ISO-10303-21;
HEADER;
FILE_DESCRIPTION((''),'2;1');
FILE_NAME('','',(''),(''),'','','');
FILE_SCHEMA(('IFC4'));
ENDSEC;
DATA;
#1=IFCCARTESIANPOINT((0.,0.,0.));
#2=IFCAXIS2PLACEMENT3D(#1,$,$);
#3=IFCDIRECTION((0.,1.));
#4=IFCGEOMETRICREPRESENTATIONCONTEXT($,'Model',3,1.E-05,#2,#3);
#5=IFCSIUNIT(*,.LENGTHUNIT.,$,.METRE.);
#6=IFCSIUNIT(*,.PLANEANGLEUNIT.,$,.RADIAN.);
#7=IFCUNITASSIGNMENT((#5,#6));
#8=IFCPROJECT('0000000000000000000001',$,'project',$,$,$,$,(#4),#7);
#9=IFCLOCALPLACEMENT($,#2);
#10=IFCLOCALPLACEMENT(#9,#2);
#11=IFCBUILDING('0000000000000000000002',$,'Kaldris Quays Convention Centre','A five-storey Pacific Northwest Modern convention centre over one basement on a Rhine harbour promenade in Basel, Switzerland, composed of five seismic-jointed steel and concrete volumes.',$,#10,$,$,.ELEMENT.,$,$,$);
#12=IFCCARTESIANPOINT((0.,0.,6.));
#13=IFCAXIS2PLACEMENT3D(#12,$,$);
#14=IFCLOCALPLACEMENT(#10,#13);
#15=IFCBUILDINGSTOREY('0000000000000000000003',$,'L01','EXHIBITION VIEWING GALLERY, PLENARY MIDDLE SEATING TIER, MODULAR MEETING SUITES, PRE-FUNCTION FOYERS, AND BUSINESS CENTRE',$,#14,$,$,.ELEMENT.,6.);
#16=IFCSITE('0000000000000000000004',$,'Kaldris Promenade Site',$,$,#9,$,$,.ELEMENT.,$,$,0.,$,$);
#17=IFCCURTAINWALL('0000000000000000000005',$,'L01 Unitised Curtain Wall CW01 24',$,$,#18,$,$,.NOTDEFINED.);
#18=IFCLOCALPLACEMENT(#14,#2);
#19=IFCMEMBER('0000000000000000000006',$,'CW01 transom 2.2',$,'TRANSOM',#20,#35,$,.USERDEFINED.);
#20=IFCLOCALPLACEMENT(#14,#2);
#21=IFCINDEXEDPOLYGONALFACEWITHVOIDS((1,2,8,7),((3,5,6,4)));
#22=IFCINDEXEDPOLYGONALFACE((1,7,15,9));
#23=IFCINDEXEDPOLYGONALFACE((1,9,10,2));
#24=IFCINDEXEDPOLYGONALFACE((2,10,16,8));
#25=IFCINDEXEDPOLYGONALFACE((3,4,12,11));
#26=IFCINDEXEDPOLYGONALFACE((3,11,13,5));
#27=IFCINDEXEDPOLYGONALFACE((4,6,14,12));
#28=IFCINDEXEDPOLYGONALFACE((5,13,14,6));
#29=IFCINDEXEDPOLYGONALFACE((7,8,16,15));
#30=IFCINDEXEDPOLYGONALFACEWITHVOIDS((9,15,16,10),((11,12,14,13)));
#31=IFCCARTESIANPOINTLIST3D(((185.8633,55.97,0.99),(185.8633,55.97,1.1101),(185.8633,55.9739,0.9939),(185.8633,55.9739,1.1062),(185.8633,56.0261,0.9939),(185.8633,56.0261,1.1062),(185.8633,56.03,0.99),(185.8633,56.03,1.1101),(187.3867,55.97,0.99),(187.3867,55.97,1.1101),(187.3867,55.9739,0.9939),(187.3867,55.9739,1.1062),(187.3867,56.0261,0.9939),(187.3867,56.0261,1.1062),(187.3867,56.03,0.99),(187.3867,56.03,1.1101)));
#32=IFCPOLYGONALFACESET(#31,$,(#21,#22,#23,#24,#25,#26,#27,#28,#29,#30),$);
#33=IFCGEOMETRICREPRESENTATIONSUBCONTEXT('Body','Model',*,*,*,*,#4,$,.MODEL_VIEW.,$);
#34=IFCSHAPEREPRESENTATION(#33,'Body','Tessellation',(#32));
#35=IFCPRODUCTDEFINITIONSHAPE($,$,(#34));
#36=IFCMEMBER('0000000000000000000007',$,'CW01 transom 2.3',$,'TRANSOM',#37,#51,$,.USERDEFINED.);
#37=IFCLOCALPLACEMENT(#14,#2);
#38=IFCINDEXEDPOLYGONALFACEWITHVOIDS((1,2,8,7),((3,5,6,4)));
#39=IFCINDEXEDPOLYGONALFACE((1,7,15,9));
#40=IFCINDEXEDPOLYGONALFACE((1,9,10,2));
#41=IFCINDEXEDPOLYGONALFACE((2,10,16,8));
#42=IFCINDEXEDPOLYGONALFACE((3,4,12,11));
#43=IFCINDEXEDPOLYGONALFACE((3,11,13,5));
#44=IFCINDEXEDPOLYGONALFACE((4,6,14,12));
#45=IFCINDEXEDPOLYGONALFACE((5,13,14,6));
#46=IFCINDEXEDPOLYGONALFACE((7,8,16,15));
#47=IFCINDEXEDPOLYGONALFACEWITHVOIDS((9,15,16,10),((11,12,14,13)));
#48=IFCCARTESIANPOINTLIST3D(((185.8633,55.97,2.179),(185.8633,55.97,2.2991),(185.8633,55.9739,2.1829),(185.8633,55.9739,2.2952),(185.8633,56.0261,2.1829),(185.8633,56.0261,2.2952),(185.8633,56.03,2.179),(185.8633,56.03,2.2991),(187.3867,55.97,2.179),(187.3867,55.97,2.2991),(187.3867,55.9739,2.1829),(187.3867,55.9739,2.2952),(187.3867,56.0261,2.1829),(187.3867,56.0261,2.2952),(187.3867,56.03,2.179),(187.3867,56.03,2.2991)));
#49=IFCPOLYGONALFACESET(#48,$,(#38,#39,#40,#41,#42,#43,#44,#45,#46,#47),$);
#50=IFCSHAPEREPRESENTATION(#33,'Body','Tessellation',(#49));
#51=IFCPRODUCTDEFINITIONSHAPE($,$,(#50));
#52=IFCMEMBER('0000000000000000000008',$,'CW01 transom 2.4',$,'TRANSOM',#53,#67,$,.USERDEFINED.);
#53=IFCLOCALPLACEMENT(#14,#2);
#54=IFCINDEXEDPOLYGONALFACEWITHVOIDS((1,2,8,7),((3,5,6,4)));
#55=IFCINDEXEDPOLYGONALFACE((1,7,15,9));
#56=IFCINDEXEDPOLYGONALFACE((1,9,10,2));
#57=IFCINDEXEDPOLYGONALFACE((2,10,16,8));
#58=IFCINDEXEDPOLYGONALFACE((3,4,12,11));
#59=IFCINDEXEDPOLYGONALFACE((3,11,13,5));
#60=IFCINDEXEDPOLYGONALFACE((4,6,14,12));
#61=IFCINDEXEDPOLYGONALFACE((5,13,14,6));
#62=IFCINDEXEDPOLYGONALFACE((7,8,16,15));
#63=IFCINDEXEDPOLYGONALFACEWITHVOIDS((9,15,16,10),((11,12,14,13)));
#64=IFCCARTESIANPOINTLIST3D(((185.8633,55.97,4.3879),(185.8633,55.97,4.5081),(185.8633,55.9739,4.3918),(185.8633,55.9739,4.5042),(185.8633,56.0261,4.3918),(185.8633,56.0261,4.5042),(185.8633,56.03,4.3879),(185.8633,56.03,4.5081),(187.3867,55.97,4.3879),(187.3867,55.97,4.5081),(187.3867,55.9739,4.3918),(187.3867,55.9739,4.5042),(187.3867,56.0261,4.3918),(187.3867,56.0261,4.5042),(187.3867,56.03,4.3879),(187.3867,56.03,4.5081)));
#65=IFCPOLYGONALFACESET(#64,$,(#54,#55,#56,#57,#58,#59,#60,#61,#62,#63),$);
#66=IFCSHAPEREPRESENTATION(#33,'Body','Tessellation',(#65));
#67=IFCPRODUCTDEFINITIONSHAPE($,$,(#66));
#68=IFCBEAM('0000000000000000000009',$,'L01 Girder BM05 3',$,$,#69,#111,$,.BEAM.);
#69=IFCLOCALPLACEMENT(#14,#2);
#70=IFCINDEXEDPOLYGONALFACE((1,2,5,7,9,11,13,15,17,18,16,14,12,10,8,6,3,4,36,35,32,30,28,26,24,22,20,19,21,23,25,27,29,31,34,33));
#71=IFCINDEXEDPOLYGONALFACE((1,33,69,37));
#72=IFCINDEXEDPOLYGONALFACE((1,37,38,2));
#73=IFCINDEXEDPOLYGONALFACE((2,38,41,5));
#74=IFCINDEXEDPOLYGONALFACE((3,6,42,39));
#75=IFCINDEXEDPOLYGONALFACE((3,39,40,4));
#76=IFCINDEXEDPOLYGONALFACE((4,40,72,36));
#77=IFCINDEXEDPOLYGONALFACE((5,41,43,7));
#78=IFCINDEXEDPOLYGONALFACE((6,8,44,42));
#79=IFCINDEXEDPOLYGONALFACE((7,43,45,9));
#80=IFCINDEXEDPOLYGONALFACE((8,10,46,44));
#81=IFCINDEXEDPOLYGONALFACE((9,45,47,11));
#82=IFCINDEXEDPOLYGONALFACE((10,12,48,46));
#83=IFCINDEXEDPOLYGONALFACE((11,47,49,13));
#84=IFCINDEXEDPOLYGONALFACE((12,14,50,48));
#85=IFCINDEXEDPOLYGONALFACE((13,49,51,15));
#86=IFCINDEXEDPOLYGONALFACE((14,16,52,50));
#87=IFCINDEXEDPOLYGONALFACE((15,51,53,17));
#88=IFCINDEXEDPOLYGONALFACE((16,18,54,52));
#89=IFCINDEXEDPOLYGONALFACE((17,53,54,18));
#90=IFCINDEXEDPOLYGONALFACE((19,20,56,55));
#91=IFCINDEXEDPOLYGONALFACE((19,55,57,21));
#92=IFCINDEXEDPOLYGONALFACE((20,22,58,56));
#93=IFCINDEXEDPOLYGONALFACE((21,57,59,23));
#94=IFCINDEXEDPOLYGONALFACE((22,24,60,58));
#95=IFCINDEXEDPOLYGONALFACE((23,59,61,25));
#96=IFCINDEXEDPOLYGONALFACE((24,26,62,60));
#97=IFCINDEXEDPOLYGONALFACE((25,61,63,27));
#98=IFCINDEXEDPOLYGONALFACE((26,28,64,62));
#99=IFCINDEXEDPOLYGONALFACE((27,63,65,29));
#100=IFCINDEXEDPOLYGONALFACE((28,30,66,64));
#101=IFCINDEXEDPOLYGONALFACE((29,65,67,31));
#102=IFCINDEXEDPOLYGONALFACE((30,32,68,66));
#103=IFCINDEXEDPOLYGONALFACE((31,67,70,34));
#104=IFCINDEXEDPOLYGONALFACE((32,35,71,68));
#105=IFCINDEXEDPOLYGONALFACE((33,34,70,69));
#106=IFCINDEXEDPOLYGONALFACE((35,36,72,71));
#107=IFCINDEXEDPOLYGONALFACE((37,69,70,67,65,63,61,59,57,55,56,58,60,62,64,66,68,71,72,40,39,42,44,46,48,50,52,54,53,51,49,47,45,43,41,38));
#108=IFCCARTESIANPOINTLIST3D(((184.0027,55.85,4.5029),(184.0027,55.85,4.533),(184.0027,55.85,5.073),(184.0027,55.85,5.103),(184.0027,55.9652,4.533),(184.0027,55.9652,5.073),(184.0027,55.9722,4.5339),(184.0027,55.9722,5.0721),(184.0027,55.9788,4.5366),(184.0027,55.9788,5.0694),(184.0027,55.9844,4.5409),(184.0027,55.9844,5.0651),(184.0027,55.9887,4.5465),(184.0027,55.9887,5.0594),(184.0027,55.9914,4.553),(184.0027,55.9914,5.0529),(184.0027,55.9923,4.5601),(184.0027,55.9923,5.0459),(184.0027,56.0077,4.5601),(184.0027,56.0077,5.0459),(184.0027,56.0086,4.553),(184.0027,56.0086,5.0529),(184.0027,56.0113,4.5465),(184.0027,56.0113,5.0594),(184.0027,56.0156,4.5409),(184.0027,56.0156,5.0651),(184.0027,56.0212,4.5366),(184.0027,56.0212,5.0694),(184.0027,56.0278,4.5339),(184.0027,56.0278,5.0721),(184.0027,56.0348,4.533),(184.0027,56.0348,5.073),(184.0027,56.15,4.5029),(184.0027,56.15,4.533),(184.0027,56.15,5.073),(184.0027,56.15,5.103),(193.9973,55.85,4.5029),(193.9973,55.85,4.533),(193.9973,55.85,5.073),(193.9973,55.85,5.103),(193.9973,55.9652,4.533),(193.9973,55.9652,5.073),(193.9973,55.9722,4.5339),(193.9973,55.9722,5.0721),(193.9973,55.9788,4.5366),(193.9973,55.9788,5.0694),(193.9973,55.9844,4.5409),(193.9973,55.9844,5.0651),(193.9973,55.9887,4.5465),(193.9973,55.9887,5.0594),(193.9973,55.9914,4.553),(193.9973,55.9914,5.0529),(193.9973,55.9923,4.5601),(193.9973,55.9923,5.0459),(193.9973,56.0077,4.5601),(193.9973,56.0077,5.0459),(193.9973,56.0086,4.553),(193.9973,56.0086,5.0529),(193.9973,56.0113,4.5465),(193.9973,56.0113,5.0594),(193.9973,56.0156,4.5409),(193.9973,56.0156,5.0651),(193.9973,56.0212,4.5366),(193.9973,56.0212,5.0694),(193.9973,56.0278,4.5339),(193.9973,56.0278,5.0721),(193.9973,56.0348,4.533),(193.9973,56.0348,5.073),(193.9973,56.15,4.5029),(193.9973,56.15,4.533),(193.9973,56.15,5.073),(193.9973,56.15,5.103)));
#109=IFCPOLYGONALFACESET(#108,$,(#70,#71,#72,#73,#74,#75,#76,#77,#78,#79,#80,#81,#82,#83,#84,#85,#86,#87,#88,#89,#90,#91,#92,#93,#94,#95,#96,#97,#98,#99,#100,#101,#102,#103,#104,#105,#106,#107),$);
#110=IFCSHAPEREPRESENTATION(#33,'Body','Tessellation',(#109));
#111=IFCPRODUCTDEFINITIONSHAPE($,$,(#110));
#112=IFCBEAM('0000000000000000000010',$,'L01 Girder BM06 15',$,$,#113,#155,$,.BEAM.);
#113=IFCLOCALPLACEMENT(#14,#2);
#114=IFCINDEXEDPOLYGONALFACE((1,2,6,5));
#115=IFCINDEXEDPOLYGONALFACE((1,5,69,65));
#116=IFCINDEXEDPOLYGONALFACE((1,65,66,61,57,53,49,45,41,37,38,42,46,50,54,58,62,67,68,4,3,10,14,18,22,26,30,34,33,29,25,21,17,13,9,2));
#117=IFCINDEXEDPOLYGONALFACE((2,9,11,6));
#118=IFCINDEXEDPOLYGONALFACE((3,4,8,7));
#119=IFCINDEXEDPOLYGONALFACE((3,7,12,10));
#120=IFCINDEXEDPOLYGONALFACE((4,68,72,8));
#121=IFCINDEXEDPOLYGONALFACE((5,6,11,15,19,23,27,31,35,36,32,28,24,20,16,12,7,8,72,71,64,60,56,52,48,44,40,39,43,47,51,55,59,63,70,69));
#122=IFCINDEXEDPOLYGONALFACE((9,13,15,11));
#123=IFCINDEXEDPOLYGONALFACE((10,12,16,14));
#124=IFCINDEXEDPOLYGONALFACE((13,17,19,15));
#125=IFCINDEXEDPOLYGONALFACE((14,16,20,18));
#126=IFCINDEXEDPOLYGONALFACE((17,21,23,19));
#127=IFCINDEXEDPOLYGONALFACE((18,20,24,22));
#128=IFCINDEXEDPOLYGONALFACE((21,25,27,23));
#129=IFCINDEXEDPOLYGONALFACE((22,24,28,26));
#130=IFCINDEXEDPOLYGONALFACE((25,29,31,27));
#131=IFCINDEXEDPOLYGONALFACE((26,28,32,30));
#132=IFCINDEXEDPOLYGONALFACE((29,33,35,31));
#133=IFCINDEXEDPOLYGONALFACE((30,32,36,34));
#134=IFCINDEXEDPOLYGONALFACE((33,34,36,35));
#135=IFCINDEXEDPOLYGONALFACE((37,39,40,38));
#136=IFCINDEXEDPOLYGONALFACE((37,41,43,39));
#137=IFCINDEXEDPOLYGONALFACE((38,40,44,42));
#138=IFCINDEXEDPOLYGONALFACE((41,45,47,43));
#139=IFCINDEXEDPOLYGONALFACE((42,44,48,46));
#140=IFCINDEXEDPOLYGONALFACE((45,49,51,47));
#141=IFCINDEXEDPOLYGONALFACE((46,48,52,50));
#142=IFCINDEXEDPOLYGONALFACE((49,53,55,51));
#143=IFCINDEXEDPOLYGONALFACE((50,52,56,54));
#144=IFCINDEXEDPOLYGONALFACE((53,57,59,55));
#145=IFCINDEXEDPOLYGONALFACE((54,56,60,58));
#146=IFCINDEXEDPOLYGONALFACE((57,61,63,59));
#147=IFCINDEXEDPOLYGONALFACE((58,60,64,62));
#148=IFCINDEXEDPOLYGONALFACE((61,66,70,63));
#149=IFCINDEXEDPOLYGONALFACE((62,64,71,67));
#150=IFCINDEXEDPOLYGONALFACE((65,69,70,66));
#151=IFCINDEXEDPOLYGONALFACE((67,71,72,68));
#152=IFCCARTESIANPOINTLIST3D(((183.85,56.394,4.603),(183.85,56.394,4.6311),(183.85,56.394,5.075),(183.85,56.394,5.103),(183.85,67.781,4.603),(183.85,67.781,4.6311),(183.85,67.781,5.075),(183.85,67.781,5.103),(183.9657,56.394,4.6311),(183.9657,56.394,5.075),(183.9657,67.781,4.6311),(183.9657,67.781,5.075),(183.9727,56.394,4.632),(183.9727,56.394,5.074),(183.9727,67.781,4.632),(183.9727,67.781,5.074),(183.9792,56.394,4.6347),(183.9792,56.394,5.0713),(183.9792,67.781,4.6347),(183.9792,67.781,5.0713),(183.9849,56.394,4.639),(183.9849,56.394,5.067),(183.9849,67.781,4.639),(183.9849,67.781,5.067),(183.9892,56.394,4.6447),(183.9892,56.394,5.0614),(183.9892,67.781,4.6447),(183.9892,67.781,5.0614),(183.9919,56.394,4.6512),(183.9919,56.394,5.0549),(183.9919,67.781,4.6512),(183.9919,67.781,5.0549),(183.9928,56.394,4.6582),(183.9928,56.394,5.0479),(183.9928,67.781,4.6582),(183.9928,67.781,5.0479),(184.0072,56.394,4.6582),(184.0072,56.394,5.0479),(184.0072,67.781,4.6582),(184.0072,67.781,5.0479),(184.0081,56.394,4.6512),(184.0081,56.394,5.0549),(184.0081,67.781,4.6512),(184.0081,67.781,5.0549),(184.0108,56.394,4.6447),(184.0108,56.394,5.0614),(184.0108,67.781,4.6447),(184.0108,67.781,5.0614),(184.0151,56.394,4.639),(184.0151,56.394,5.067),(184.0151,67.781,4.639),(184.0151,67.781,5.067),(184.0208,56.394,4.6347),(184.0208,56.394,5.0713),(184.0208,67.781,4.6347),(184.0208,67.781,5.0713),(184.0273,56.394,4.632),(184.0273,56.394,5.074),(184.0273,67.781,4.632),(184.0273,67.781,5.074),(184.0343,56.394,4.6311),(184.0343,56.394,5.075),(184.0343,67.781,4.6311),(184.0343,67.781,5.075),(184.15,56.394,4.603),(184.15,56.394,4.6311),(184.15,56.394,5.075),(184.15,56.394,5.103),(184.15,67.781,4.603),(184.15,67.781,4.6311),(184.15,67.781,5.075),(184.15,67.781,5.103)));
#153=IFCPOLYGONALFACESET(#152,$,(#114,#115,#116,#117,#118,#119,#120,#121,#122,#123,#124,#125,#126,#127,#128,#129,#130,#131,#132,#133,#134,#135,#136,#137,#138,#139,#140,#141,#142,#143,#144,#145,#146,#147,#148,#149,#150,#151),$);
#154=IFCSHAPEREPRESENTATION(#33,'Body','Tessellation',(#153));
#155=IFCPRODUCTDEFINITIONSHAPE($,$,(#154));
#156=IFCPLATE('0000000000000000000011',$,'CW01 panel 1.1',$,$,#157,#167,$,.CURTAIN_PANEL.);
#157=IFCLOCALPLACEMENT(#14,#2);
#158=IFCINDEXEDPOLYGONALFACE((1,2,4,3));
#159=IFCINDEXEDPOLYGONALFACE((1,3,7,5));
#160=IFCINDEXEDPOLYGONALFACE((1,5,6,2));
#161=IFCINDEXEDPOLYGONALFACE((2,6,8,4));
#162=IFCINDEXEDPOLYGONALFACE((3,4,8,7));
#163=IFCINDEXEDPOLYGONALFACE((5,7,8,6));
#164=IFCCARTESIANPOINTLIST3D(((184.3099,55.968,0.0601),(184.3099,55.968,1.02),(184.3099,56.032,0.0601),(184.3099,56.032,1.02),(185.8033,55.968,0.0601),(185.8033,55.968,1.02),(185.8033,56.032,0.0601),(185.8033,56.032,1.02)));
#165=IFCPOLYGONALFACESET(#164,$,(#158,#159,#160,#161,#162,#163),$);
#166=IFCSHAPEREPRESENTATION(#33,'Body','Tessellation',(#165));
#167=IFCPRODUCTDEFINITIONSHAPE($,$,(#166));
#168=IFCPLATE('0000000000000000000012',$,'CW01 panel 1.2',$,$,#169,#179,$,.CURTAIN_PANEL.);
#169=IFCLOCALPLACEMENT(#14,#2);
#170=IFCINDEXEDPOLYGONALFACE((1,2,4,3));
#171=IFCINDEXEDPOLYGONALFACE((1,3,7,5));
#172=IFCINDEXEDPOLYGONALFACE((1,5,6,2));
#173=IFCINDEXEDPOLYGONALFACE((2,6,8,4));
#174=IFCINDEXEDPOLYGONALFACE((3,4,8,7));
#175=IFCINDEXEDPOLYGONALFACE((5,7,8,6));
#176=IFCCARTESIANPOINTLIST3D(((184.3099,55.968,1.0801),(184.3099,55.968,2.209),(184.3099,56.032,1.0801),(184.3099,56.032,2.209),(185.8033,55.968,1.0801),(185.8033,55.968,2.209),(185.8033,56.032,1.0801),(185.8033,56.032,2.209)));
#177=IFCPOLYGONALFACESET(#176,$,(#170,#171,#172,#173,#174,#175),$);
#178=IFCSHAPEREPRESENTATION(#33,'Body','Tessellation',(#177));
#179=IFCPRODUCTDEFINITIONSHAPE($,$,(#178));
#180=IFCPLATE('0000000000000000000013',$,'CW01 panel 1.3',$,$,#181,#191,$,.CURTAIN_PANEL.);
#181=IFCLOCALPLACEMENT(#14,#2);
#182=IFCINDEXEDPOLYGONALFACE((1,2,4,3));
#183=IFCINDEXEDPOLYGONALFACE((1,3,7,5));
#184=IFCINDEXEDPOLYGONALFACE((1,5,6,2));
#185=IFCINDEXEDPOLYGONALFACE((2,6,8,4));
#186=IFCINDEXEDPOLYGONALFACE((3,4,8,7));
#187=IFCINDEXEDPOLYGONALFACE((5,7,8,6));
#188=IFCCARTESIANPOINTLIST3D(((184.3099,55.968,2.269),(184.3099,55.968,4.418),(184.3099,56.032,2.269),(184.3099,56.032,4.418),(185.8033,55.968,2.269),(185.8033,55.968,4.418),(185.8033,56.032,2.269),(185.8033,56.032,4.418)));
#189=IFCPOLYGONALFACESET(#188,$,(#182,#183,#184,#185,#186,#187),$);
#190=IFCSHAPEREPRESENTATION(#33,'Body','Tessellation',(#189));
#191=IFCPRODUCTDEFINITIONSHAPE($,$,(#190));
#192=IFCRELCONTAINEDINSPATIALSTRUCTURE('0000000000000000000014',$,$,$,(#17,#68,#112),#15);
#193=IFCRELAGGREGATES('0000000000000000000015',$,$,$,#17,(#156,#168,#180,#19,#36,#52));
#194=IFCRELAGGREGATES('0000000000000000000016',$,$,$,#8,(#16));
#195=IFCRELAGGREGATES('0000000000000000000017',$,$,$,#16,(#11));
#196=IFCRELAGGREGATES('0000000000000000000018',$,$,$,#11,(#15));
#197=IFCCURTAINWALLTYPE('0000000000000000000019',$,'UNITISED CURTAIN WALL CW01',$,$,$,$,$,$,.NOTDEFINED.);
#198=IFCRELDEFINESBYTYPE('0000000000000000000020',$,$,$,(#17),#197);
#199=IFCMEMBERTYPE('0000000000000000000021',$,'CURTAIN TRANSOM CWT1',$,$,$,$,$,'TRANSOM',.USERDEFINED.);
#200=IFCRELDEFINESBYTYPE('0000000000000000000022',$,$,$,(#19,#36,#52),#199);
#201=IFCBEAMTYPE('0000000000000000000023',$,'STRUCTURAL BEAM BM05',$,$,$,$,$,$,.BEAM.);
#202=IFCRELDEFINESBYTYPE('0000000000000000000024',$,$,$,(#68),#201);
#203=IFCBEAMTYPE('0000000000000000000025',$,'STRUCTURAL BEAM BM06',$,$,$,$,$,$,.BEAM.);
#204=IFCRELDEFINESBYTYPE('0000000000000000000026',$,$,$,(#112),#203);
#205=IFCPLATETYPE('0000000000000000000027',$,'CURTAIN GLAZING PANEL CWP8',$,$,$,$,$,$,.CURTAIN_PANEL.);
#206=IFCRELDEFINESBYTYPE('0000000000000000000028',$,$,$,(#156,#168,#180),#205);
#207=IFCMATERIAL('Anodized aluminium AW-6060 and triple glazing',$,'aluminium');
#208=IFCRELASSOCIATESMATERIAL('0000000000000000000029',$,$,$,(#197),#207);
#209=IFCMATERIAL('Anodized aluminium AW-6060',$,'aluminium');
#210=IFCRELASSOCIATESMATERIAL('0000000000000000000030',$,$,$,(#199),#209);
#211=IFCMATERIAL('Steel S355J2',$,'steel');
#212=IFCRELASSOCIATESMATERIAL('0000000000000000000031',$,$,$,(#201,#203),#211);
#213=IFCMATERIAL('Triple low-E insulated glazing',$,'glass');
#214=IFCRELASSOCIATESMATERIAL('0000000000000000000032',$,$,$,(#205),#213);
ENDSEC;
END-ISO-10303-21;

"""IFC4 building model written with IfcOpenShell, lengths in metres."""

from ifc_helpers import new_model, si_unit, direction, frame, origin, origin_2d, place, context, subcontext, project, spatial, rectangle, hollow_rectangle, i_section, extrude, material, material_profile, profile_set, type_object, element, aggregate, save


model = new_model("IFC4")

# Units and contexts
model_context = context("Model", 3, precision=1e-05, world=origin(), true_north=direction((0.0, 1.0)))
body_context = subcontext(model_context, "Body", "Model", "MODEL_VIEW")
ifc_project = project(units=[si_unit("LENGTHUNIT", "METRE"), si_unit("PLANEANGLEUNIT", "RADIAN")], contexts=[model_context])

# Site, building, storey
site_placement = place(None, origin())
site = spatial("IfcSite", under=ifc_project, at=site_placement, Name="Kaldris Promenade Site", CompositionType="ELEMENT", RefElevation=0.0)
building_placement = place(site_placement, origin())
building = spatial("IfcBuilding", under=site, at=building_placement, Name="Kaldris Quays Convention Centre", Description="A five-storey Pacific Northwest Modern convention centre over one basement on a Rhine harbour promenade in Basel, Switzerland, composed of five seismic-jointed steel and concrete volumes.", CompositionType="ELEMENT")
storey_placement = place(building_placement, frame((0.0, 0.0, 6.0)))
storey = spatial("IfcBuildingStorey", under=building, at=storey_placement, Name="L01", Description="EXHIBITION VIEWING GALLERY, PLENARY MIDDLE SEATING TIER, MODULAR MEETING SUITES, PRE-FUNCTION FOYERS, AND BUSINESS CENTRE", CompositionType="ELEMENT", Elevation=6.0)

# Shared definitions
ifc_material_1 = material(Name="Steel S355J2", Category="steel")

# Shared definitions
ifc_material_2 = material(Name="Anodized aluminium AW-6060 and triple glazing", Category="aluminium")
curtain_wall_type = type_object("IfcCurtainWallType", Name="UNITISED CURTAIN WALL CW01", PredefinedType="NOTDEFINED", material=ifc_material_2)
ifc_material_3 = material(Name="Anodized aluminium AW-6060", Category="aluminium")

# Curtain wall, members
curtain_wall_1_placement = place(storey_placement, origin())
curtain_wall_1 = element("IfcCurtainWall", 1, at=curtain_wall_1_placement, inside=storey, type_object=curtain_wall_type, Name="L01 Unitised Curtain Wall CW01 24", PredefinedType="NOTDEFINED")
ifc_material_profile_1 = material_profile(ifc_material_3, hollow_rectangle(XDim=0.0601, YDim=0.1201, WallThickness=0.0039, at=origin_2d()), Name="RHS 120x60x4")
ifc_profile_set_1 = profile_set([ifc_material_profile_1], Name="Anodized aluminium AW-6060")
member_type_1 = type_object("IfcMemberType", Name="CURTAIN TRANSOM CWT1", ElementType="TRANSOM", PredefinedType="USERDEFINED", material=ifc_profile_set_1)
member_1_placement = place(storey_placement, frame((185.8633, 56.0, 1.05), z_axis=(1.0, 0.0, 0.0), x_axis=(0.0, 1.0, 0.0)))
member_1 = element("IfcMember", 2, at=member_1_placement, type_object=member_type_1, Name="CW01 transom 2.2", ObjectType="TRANSOM", PredefinedType="USERDEFINED", context=body_context, shape_type="SweptSolid", body=[
    extrude(hollow_rectangle(XDim=0.0601, YDim=0.1201, WallThickness=0.0039, at=origin_2d()), origin(), (0.0, 0.0, 1.0), 1.5234),
])
member_2_placement = place(storey_placement, frame((185.8633, 56.0, 2.239), z_axis=(1.0, 0.0, 0.0), x_axis=(0.0, 1.0, 0.0)))
member_2 = element("IfcMember", 3, at=member_2_placement, type_object=member_type_1, Name="CW01 transom 2.3", ObjectType="TRANSOM", PredefinedType="USERDEFINED", context=body_context, shape_type="SweptSolid", body=[
    extrude(hollow_rectangle(XDim=0.0601, YDim=0.1201, WallThickness=0.0039, at=origin_2d()), origin(), (0.0, 0.0, 1.0), 1.5234),
])
member_3_placement = place(storey_placement, frame((185.8633, 56.0, 4.448), z_axis=(1.0, 0.0, 0.0), x_axis=(0.0, 1.0, 0.0)))
member_3 = element("IfcMember", 4, at=member_3_placement, type_object=member_type_1, Name="CW01 transom 2.4", ObjectType="TRANSOM", PredefinedType="USERDEFINED", context=body_context, shape_type="SweptSolid", body=[
    extrude(hollow_rectangle(XDim=0.0601, YDim=0.1201, WallThickness=0.0039, at=origin_2d()), origin(), (0.0, 0.0, 1.0), 1.5234),
])

# Beams
ifc_material_profile_2 = material_profile(ifc_material_1, i_section(OverallWidth=0.3, OverallDepth=0.6001, WebThickness=0.0154, FlangeThickness=0.03, FilletRadius=0.0271, at=origin_2d()), Name="HEB 600")
ifc_profile_set_2 = profile_set([ifc_material_profile_2], Name="Steel S355J2")
beam_type_1 = type_object("IfcBeamType", Name="STRUCTURAL BEAM BM05", PredefinedType="BEAM", material=ifc_profile_set_2)
beam_1_placement = place(storey_placement, frame((184.0027, 56.0, 4.803), z_axis=(1.0, 0.0, 0.0), x_axis=(0.0, 1.0, 0.0)))
element("IfcBeam", 5, at=beam_1_placement, inside=storey, type_object=beam_type_1, Name="L01 Girder BM05 3", PredefinedType="BEAM", context=body_context, shape_type="SweptSolid", body=[
    extrude(i_section(OverallWidth=0.3, OverallDepth=0.6001, WebThickness=0.0154, FlangeThickness=0.03, FilletRadius=0.0271, at=origin_2d()), origin(), (0.0, 0.0, 1.0), 9.9946),
])
ifc_material_profile_3 = material_profile(ifc_material_1, i_section(OverallWidth=0.3, OverallDepth=0.5, WebThickness=0.0144, FlangeThickness=0.0281, FilletRadius=0.0271, at=origin_2d()), Name="HEB 500")
ifc_profile_set_3 = profile_set([ifc_material_profile_3], Name="Steel S355J2")
beam_type_2 = type_object("IfcBeamType", Name="STRUCTURAL BEAM BM06", PredefinedType="BEAM", material=ifc_profile_set_3)
beam_2_placement = place(storey_placement, frame((184.0, 56.394, 4.853), z_axis=(0.0, 1.0, 0.0), x_axis=(-1.0, 0.0, 0.0)))
element("IfcBeam", 6, at=beam_2_placement, inside=storey, type_object=beam_type_2, Name="L01 Girder BM06 15", PredefinedType="BEAM", context=body_context, shape_type="SweptSolid", body=[
    extrude(i_section(OverallWidth=0.3, OverallDepth=0.5, WebThickness=0.0144, FlangeThickness=0.0281, FilletRadius=0.0271, at=origin_2d()), origin(), (0.0, 0.0, 1.0), 11.387),
])

# Plates
ifc_material_4 = material(Name="Triple low-E insulated glazing", Category="glass")
plate_type = type_object("IfcPlateType", Name="CURTAIN GLAZING PANEL CWP8", PredefinedType="CURTAIN_PANEL", material=ifc_material_4)
plate_1_placement = place(storey_placement, frame((185.0566, 56.0, 0.0601), z_axis=(0.0, 0.0, 1.0), x_axis=(1.0, 0.0, 0.0)))
plate_1 = element("IfcPlate", 7, at=plate_1_placement, type_object=plate_type, Name="CW01 panel 1.1", PredefinedType="CURTAIN_PANEL", context=body_context, shape_type="SweptSolid", body=[
    extrude(rectangle(XDim=1.4934, YDim=0.064, at=origin_2d()), origin(), (0.0, 0.0, 1.0), 0.96),
])
plate_2_placement = place(storey_placement, frame((185.0566, 56.0, 1.0801), z_axis=(0.0, 0.0, 1.0), x_axis=(1.0, 0.0, 0.0)))
plate_2 = element("IfcPlate", 8, at=plate_2_placement, type_object=plate_type, Name="CW01 panel 1.2", PredefinedType="CURTAIN_PANEL", context=body_context, shape_type="SweptSolid", body=[
    extrude(rectangle(XDim=1.4934, YDim=0.064, at=origin_2d()), origin(), (0.0, 0.0, 1.0), 1.1289),
])
plate_3_placement = place(storey_placement, frame((185.0566, 56.0, 2.269), z_axis=(0.0, 0.0, 1.0), x_axis=(1.0, 0.0, 0.0)))
plate_3 = element("IfcPlate", 9, at=plate_3_placement, type_object=plate_type, Name="CW01 panel 1.3", PredefinedType="CURTAIN_PANEL", context=body_context, shape_type="SweptSolid", body=[
    extrude(rectangle(XDim=1.4934, YDim=0.064, at=origin_2d()), origin(), (0.0, 0.0, 1.0), 2.1489),
])
aggregate(curtain_wall_1, [plate_1, plate_2, plate_3, member_1, member_2, member_3])

save(model, "model.ifc")
